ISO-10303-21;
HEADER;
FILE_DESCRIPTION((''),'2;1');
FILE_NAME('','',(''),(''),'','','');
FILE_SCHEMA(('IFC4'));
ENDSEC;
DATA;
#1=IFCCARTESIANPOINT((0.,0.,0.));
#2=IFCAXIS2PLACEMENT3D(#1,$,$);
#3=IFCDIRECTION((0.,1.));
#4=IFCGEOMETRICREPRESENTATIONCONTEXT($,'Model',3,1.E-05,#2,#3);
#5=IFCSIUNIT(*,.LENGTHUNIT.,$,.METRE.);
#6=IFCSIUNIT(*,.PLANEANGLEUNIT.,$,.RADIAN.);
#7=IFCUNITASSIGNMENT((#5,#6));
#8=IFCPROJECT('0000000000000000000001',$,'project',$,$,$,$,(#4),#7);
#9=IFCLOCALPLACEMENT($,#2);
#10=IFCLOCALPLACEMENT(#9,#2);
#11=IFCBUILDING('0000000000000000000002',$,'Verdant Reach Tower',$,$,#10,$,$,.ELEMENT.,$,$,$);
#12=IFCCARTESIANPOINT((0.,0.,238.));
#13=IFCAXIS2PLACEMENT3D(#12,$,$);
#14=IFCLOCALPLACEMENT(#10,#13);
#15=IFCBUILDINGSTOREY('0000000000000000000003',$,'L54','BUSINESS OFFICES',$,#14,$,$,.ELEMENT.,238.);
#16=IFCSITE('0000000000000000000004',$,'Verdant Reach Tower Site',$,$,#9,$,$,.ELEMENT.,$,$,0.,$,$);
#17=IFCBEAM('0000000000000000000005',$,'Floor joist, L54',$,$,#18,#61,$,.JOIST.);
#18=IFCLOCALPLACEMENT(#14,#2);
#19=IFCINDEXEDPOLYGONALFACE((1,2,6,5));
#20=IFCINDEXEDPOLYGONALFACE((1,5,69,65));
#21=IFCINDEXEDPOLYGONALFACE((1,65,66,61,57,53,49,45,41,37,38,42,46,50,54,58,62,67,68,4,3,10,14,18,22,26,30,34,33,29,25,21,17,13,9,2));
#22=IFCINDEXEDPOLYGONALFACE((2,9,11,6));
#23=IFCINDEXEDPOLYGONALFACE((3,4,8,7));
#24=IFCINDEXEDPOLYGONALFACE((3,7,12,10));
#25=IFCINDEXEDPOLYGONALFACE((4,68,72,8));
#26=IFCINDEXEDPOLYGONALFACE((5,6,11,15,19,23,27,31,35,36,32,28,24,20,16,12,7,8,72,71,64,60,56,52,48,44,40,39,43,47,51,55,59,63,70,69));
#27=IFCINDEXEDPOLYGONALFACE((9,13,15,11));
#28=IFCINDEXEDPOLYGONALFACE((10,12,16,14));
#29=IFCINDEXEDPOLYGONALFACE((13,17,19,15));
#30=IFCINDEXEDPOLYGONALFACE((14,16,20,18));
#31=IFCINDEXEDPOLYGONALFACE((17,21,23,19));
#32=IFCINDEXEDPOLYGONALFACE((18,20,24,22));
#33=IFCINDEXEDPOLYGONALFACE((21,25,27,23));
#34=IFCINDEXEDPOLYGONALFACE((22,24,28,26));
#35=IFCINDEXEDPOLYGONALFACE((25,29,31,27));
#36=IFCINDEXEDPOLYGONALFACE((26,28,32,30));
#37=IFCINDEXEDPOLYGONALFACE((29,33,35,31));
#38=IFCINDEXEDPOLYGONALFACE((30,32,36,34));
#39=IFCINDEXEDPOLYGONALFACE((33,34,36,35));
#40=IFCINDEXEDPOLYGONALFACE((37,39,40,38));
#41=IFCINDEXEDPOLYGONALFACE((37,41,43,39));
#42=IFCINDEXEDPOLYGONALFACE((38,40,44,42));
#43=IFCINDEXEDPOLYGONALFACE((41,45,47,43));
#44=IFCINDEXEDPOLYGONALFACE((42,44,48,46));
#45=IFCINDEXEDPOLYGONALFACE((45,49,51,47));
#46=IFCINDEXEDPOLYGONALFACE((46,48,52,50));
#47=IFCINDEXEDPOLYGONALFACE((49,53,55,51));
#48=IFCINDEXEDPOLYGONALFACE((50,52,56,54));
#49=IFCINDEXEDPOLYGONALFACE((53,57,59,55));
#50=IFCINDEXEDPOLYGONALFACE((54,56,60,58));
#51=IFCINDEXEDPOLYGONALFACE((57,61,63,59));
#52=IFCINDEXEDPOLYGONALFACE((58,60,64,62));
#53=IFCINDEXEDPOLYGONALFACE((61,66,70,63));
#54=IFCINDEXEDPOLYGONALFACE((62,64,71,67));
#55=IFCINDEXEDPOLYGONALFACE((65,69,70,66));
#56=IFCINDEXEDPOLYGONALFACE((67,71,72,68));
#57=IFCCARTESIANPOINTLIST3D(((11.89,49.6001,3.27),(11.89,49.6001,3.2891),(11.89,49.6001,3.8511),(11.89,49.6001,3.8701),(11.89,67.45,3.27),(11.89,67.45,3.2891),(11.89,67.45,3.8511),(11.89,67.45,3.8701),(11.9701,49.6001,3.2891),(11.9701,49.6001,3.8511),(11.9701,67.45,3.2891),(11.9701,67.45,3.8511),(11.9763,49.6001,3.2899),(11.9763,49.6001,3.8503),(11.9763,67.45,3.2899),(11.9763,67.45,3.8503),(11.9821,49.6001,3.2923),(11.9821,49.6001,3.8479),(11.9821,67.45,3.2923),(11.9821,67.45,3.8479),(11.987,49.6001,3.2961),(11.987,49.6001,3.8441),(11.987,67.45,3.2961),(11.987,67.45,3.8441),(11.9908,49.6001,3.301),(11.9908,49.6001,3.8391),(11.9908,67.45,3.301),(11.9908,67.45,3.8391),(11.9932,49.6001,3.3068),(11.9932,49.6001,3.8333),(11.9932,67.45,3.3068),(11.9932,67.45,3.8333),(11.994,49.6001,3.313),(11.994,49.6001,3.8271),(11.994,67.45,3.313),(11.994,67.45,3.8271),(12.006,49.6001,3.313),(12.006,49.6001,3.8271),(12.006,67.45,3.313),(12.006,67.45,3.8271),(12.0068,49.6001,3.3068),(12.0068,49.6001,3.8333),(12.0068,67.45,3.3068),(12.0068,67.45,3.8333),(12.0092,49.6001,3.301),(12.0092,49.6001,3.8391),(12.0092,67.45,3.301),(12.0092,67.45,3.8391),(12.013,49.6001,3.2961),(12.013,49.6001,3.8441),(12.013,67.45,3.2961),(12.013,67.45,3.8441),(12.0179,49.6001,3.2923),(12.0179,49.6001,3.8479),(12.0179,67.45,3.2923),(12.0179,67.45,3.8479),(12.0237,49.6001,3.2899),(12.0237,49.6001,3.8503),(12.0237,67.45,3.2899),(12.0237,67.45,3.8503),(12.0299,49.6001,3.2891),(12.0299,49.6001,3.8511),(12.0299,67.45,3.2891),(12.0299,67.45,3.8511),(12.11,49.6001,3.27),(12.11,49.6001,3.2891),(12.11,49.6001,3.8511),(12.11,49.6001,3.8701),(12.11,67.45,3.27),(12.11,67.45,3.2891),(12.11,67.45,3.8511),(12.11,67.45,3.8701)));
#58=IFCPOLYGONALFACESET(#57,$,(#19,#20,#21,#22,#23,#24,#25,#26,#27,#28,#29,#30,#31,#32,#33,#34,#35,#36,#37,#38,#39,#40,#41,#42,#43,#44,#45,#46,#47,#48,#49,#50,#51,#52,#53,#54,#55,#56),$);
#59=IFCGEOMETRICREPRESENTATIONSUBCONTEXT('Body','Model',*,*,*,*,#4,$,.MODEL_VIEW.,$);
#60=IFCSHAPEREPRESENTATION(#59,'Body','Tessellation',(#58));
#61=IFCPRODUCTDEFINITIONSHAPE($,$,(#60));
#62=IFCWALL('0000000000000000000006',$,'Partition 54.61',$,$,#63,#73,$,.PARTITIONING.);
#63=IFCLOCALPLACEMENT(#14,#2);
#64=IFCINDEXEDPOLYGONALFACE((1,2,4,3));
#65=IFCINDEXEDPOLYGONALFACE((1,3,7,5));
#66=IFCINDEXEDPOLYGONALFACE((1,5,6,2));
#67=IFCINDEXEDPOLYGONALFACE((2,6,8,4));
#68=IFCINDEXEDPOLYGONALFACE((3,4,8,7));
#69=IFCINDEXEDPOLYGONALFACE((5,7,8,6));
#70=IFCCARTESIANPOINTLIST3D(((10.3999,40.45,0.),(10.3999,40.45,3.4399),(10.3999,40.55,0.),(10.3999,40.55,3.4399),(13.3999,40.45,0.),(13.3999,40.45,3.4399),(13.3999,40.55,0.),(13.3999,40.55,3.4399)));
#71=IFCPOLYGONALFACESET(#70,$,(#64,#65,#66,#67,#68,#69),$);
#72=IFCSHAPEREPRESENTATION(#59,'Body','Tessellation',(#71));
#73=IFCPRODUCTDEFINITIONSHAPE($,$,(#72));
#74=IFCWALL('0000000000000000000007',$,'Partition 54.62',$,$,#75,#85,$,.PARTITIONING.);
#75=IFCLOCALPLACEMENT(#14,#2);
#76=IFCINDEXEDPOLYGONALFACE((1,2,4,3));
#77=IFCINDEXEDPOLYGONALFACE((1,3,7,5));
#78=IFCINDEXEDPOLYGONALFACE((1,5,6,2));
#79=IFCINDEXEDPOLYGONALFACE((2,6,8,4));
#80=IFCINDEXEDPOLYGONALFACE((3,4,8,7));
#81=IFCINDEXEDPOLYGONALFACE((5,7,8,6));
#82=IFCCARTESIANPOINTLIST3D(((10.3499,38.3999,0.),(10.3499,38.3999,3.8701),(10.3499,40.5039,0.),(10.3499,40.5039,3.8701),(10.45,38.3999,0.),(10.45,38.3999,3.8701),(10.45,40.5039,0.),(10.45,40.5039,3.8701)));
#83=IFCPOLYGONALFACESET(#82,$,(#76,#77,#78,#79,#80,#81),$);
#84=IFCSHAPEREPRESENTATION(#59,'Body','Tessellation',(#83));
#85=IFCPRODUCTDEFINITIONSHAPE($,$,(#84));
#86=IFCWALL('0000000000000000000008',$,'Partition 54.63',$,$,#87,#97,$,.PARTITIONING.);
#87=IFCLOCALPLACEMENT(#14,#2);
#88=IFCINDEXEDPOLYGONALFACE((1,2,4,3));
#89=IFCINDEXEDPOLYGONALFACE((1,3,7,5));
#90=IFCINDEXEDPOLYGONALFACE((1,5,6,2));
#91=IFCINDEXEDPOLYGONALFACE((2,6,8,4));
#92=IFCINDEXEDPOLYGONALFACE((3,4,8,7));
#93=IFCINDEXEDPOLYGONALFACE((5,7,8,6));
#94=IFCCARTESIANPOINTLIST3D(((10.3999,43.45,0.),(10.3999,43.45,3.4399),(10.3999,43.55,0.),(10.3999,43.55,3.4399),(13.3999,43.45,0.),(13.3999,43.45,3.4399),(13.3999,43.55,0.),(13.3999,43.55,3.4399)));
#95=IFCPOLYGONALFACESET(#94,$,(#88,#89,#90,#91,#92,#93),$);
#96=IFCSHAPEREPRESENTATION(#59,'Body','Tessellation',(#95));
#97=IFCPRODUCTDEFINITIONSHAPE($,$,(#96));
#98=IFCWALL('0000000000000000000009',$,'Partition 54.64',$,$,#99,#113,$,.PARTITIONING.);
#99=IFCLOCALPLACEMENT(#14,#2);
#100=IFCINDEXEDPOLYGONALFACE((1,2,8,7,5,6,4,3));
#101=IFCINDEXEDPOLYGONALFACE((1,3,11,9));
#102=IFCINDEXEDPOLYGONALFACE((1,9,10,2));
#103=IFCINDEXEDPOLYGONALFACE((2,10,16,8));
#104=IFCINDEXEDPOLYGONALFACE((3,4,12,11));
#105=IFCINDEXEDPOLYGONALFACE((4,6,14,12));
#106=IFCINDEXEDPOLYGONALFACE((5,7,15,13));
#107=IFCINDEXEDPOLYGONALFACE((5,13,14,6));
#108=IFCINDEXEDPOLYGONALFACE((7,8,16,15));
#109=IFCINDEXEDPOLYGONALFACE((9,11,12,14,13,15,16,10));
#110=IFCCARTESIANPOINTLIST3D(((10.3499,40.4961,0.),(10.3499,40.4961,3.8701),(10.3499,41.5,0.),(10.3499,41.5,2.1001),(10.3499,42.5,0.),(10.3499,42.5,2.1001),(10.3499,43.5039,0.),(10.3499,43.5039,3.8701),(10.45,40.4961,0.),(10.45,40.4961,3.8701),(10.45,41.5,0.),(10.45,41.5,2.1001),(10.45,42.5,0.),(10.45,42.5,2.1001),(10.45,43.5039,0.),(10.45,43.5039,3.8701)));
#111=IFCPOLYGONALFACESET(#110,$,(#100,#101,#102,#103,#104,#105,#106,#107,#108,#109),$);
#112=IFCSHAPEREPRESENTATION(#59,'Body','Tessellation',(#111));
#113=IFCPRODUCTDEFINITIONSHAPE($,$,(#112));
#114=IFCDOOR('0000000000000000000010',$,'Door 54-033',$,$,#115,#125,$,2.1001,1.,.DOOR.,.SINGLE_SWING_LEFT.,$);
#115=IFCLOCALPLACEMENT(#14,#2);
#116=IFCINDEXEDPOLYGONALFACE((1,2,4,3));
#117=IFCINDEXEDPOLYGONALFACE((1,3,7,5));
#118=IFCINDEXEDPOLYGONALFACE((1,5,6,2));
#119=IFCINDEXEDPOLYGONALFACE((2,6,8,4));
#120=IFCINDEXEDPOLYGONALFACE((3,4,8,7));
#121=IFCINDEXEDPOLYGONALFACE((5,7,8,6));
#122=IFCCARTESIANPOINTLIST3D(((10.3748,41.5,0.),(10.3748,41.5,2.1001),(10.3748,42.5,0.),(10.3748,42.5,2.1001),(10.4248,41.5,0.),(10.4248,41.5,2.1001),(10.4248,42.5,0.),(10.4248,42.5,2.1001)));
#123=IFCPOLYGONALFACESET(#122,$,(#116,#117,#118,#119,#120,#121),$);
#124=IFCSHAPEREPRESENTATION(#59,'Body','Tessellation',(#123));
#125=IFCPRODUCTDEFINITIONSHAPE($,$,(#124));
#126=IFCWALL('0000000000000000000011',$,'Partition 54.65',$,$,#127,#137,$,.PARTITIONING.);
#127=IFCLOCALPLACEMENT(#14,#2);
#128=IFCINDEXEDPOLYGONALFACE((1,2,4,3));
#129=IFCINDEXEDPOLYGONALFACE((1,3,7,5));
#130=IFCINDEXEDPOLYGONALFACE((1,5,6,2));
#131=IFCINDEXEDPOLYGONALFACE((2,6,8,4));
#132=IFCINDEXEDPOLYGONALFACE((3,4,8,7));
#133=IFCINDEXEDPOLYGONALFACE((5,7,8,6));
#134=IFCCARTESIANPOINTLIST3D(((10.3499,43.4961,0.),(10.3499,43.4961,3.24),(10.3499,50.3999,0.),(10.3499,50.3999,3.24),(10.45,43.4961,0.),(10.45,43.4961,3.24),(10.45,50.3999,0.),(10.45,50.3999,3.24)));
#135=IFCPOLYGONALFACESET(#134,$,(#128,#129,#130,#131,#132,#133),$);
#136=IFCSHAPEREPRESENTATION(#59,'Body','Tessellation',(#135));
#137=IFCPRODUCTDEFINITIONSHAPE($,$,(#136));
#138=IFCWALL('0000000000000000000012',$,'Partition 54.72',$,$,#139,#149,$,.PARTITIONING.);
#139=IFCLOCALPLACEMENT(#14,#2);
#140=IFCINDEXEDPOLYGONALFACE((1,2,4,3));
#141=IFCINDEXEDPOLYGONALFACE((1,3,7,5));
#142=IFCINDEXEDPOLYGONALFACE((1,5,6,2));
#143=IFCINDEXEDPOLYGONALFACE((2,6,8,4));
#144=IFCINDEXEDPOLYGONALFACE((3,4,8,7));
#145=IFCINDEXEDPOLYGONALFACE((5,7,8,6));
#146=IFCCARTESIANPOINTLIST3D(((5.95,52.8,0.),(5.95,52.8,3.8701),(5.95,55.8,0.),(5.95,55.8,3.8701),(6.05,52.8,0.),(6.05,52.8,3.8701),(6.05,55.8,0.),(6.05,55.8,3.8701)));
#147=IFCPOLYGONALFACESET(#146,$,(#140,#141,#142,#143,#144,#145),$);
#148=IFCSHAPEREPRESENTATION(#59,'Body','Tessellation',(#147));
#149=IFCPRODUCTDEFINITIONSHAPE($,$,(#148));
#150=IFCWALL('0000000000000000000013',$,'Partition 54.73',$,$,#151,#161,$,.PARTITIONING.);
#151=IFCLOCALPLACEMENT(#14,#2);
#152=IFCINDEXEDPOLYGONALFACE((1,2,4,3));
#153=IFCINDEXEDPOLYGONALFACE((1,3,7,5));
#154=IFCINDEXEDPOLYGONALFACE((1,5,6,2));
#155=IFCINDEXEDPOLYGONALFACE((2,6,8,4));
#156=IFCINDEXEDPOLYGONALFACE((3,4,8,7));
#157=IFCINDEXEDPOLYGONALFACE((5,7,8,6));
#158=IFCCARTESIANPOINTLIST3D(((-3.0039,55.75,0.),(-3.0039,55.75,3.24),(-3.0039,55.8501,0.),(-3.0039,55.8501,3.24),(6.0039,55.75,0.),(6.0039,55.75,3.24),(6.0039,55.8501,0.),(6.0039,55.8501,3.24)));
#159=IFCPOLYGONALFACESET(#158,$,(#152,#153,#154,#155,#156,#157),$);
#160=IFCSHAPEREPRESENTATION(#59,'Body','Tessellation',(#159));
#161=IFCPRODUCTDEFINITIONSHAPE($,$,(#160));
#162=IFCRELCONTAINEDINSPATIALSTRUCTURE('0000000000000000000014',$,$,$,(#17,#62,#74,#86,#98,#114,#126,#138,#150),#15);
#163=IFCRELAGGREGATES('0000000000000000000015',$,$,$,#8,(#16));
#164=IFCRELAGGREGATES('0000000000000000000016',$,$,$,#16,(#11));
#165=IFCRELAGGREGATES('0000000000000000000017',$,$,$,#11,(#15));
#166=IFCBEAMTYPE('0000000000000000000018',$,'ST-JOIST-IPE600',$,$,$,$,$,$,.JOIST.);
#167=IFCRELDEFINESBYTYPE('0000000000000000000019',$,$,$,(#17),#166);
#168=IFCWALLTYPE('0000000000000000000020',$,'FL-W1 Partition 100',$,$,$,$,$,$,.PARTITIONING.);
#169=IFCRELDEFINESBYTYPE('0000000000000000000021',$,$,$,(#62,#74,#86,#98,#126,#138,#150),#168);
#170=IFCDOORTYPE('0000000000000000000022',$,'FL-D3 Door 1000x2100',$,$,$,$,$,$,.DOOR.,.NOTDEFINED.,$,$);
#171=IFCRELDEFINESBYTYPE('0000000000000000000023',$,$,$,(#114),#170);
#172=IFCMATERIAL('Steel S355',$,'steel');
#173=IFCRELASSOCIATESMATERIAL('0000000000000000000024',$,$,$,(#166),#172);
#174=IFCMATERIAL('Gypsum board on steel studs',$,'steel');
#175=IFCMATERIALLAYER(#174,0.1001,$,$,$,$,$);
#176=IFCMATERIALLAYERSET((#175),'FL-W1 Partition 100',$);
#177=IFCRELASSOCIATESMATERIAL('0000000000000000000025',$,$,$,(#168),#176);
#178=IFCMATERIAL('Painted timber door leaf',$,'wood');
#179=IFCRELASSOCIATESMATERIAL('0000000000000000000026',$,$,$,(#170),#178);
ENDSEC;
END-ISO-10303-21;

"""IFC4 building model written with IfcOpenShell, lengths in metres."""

from ifc_helpers import new_model, si_unit, direction, frame, frame_2d, origin, origin_2d, place, context, subcontext, project, spatial, rectangle, i_section, extrude, material, layer, layer_set, material_profile, profile_set, type_object, element, fill, save


model = new_model("IFC4")

# Units and contexts
model_context = context("Model", 3, precision=1e-05, world=origin(), true_north=direction((0.0, 1.0)))
body_context = subcontext(model_context, "Body", "Model", "MODEL_VIEW")
ifc_project = project(units=[si_unit("LENGTHUNIT", "METRE"), si_unit("PLANEANGLEUNIT", "RADIAN")], contexts=[model_context])

# Site, building, storey
site_placement = place(None, origin())
site = spatial("IfcSite", under=ifc_project, at=site_placement, Name="Verdant Reach Tower Site", CompositionType="ELEMENT", RefElevation=0.0)
building_placement = place(site_placement, origin())
building = spatial("IfcBuilding", under=site, at=building_placement, Name="Verdant Reach Tower", CompositionType="ELEMENT")
storey_placement = place(building_placement, frame((0.0, 0.0, 238.0)))
storey = spatial("IfcBuildingStorey", under=building, at=storey_placement, Name="L54", Description="BUSINESS OFFICES", CompositionType="ELEMENT", Elevation=238.0)

# Beam
ifc_material_1 = material(Name="Steel S355", Category="steel")
ifc_material_profile_1 = material_profile(ifc_material_1, i_section(OverallWidth=0.22, OverallDepth=0.6001, WebThickness=0.012, FlangeThickness=0.019, FilletRadius=0.0239, at=origin_2d()), Name="IPE 600")
ifc_profile_set_1 = profile_set([ifc_material_profile_1], Name="Steel S355")
beam_type_1 = type_object("IfcBeamType", Name="ST-JOIST-IPE600", PredefinedType="JOIST", material=ifc_profile_set_1)
beam_1_placement = place(storey_placement, frame((12.0, 49.6001, 3.5701), z_axis=(0.0, 1.0, 0.0), x_axis=(-1.0, 0.0, 0.0)))
element("IfcBeam", 1, at=beam_1_placement, inside=storey, type_object=beam_type_1, Name="Floor joist, L54", PredefinedType="JOIST", context=body_context, shape_type="SweptSolid", body=[
    extrude(i_section(OverallWidth=0.22, OverallDepth=0.6001, WebThickness=0.012, FlangeThickness=0.019, FilletRadius=0.0239, at=origin_2d()), origin(), (0.0, 0.0, 1.0), 17.8499),
])

# Walls
ifc_material_2 = material(Name="Gypsum board on steel studs", Category="steel")
ifc_layer_1 = layer(ifc_material_2, 0.1001)
ifc_layer_set_1 = layer_set([ifc_layer_1], Name="FL-W1 Partition 100")
wall_type_1 = type_object("IfcWallType", Name="FL-W1 Partition 100", PredefinedType="PARTITIONING", material=ifc_layer_set_1)
wall_1_placement = place(storey_placement, frame((13.3999, 40.5, 0.0), z_axis=(0.0, 0.0, 1.0), x_axis=(-1.0, 0.0, 0.0)))
element("IfcWall", 2, at=wall_1_placement, inside=storey, type_object=wall_type_1, Name="Partition 54.61", PredefinedType="PARTITIONING", context=body_context, shape_type="SweptSolid", body=[
    extrude(rectangle(XDim=3.0, YDim=0.1001, at=frame_2d((1.5, 0.0))), origin(), (0.0, 0.0, 1.0), 3.4399),
])
wall_2_placement = place(storey_placement, frame((10.3999, 40.5039, 0.0), z_axis=(0.0, 0.0, 1.0), x_axis=(0.0, -1.0, 0.0)))
element("IfcWall", 3, at=wall_2_placement, inside=storey, type_object=wall_type_1, Name="Partition 54.62", PredefinedType="PARTITIONING", context=body_context, shape_type="SweptSolid", body=[
    extrude(rectangle(XDim=2.104, YDim=0.1001, at=frame_2d((1.052, 0.0))), origin(), (0.0, 0.0, 1.0), 3.8701),
])
wall_3_placement = place(storey_placement, frame((13.3999, 43.5, 0.0), z_axis=(0.0, 0.0, 1.0), x_axis=(-1.0, 0.0, 0.0)))
element("IfcWall", 4, at=wall_3_placement, inside=storey, type_object=wall_type_1, Name="Partition 54.63", PredefinedType="PARTITIONING", context=body_context, shape_type="SweptSolid", body=[
    extrude(rectangle(XDim=3.0, YDim=0.1001, at=frame_2d((1.5, 0.0))), origin(), (0.0, 0.0, 1.0), 3.4399),
])

# Wall, opening, door
wall_4_placement = place(storey_placement, frame((10.3999, 43.5039, 0.0), z_axis=(0.0, 0.0, 1.0), x_axis=(0.0, -1.0, 0.0)))
wall_4 = element("IfcWall", 5, at=wall_4_placement, inside=storey, type_object=wall_type_1, Name="Partition 54.64", PredefinedType="PARTITIONING", context=body_context, shape_type="SweptSolid", body=[
    extrude(rectangle(XDim=3.0078, YDim=0.1001, at=frame_2d((1.5039, 0.0))), origin(), (0.0, 0.0, 1.0), 3.8701),
])
opening_1_placement = place(wall_4_placement, frame((1.0039, 0.0, 0.0)))
opening_1 = element("IfcOpeningElement", 6, at=opening_1_placement, cuts=wall_4, PredefinedType="OPENING", context=body_context, shape_type="SweptSolid", body=[
    extrude(rectangle(XDim=1.0, YDim=2.1001, at=frame_2d((0.5, 1.05))), frame((0.0, 0.0601, 0.0), z_axis=(0.0, -1.0, 0.0), x_axis=(1.0, 0.0, 0.0)), (0.0, 0.0, 1.0), 0.1201),
])
ifc_material_3 = material(Name="Painted timber door leaf", Category="wood")
door_type_1 = type_object("IfcDoorType", Name="FL-D3 Door 1000x2100", OperationType="NOTDEFINED", PredefinedType="DOOR", material=ifc_material_3)
door_1_placement = place(opening_1_placement, origin())
door_1 = element("IfcDoor", 7, at=door_1_placement, inside=storey, type_object=door_type_1, Name="Door 54-033", OperationType="SINGLE_SWING_LEFT", OverallHeight=2.1001, OverallWidth=1.0, PredefinedType="DOOR", context=body_context, shape_type="SweptSolid", body=[
    extrude(rectangle(XDim=1.0, YDim=2.1001, at=frame_2d((0.5, 1.05))), frame((0.0, 0.0249, 0.0), z_axis=(0.0, -1.0, 0.0), x_axis=(1.0, 0.0, 0.0)), (0.0, 0.0, 1.0), 0.05),
])
fill(opening_1, door_1)

# Walls
wall_5_placement = place(storey_placement, frame((10.3999, 50.3999, 0.0), z_axis=(0.0, 0.0, 1.0), x_axis=(0.0, -1.0, 0.0)))
element("IfcWall", 8, at=wall_5_placement, inside=storey, type_object=wall_type_1, Name="Partition 54.65", PredefinedType="PARTITIONING", context=body_context, shape_type="SweptSolid", body=[
    extrude(rectangle(XDim=6.9038, YDim=0.1001, at=frame_2d((3.4519, 0.0))), origin(), (0.0, 0.0, 1.0), 3.24),
])
wall_6_placement = place(storey_placement, frame((6.0, 52.8, 0.0), z_axis=(0.0, 0.0, 1.0), x_axis=(0.0, 1.0, 0.0)))
element("IfcWall", 9, at=wall_6_placement, inside=storey, type_object=wall_type_1, Name="Partition 54.72", PredefinedType="PARTITIONING", context=body_context, shape_type="SweptSolid", body=[
    extrude(rectangle(XDim=3.0, YDim=0.1001, at=frame_2d((1.5, 0.0))), origin(), (0.0, 0.0, 1.0), 3.8701),
])
wall_7_placement = place(storey_placement, frame((6.0039, 55.8, 0.0), z_axis=(0.0, 0.0, 1.0), x_axis=(-1.0, 0.0, 0.0)))
element("IfcWall", 10, at=wall_7_placement, inside=storey, type_object=wall_type_1, Name="Partition 54.73", PredefinedType="PARTITIONING", context=body_context, shape_type="SweptSolid", body=[
    extrude(rectangle(XDim=9.0078, YDim=0.1001, at=frame_2d((4.5039, 0.0))), origin(), (0.0, 0.0, 1.0), 3.24),
])

save(model, "model.ifc")
